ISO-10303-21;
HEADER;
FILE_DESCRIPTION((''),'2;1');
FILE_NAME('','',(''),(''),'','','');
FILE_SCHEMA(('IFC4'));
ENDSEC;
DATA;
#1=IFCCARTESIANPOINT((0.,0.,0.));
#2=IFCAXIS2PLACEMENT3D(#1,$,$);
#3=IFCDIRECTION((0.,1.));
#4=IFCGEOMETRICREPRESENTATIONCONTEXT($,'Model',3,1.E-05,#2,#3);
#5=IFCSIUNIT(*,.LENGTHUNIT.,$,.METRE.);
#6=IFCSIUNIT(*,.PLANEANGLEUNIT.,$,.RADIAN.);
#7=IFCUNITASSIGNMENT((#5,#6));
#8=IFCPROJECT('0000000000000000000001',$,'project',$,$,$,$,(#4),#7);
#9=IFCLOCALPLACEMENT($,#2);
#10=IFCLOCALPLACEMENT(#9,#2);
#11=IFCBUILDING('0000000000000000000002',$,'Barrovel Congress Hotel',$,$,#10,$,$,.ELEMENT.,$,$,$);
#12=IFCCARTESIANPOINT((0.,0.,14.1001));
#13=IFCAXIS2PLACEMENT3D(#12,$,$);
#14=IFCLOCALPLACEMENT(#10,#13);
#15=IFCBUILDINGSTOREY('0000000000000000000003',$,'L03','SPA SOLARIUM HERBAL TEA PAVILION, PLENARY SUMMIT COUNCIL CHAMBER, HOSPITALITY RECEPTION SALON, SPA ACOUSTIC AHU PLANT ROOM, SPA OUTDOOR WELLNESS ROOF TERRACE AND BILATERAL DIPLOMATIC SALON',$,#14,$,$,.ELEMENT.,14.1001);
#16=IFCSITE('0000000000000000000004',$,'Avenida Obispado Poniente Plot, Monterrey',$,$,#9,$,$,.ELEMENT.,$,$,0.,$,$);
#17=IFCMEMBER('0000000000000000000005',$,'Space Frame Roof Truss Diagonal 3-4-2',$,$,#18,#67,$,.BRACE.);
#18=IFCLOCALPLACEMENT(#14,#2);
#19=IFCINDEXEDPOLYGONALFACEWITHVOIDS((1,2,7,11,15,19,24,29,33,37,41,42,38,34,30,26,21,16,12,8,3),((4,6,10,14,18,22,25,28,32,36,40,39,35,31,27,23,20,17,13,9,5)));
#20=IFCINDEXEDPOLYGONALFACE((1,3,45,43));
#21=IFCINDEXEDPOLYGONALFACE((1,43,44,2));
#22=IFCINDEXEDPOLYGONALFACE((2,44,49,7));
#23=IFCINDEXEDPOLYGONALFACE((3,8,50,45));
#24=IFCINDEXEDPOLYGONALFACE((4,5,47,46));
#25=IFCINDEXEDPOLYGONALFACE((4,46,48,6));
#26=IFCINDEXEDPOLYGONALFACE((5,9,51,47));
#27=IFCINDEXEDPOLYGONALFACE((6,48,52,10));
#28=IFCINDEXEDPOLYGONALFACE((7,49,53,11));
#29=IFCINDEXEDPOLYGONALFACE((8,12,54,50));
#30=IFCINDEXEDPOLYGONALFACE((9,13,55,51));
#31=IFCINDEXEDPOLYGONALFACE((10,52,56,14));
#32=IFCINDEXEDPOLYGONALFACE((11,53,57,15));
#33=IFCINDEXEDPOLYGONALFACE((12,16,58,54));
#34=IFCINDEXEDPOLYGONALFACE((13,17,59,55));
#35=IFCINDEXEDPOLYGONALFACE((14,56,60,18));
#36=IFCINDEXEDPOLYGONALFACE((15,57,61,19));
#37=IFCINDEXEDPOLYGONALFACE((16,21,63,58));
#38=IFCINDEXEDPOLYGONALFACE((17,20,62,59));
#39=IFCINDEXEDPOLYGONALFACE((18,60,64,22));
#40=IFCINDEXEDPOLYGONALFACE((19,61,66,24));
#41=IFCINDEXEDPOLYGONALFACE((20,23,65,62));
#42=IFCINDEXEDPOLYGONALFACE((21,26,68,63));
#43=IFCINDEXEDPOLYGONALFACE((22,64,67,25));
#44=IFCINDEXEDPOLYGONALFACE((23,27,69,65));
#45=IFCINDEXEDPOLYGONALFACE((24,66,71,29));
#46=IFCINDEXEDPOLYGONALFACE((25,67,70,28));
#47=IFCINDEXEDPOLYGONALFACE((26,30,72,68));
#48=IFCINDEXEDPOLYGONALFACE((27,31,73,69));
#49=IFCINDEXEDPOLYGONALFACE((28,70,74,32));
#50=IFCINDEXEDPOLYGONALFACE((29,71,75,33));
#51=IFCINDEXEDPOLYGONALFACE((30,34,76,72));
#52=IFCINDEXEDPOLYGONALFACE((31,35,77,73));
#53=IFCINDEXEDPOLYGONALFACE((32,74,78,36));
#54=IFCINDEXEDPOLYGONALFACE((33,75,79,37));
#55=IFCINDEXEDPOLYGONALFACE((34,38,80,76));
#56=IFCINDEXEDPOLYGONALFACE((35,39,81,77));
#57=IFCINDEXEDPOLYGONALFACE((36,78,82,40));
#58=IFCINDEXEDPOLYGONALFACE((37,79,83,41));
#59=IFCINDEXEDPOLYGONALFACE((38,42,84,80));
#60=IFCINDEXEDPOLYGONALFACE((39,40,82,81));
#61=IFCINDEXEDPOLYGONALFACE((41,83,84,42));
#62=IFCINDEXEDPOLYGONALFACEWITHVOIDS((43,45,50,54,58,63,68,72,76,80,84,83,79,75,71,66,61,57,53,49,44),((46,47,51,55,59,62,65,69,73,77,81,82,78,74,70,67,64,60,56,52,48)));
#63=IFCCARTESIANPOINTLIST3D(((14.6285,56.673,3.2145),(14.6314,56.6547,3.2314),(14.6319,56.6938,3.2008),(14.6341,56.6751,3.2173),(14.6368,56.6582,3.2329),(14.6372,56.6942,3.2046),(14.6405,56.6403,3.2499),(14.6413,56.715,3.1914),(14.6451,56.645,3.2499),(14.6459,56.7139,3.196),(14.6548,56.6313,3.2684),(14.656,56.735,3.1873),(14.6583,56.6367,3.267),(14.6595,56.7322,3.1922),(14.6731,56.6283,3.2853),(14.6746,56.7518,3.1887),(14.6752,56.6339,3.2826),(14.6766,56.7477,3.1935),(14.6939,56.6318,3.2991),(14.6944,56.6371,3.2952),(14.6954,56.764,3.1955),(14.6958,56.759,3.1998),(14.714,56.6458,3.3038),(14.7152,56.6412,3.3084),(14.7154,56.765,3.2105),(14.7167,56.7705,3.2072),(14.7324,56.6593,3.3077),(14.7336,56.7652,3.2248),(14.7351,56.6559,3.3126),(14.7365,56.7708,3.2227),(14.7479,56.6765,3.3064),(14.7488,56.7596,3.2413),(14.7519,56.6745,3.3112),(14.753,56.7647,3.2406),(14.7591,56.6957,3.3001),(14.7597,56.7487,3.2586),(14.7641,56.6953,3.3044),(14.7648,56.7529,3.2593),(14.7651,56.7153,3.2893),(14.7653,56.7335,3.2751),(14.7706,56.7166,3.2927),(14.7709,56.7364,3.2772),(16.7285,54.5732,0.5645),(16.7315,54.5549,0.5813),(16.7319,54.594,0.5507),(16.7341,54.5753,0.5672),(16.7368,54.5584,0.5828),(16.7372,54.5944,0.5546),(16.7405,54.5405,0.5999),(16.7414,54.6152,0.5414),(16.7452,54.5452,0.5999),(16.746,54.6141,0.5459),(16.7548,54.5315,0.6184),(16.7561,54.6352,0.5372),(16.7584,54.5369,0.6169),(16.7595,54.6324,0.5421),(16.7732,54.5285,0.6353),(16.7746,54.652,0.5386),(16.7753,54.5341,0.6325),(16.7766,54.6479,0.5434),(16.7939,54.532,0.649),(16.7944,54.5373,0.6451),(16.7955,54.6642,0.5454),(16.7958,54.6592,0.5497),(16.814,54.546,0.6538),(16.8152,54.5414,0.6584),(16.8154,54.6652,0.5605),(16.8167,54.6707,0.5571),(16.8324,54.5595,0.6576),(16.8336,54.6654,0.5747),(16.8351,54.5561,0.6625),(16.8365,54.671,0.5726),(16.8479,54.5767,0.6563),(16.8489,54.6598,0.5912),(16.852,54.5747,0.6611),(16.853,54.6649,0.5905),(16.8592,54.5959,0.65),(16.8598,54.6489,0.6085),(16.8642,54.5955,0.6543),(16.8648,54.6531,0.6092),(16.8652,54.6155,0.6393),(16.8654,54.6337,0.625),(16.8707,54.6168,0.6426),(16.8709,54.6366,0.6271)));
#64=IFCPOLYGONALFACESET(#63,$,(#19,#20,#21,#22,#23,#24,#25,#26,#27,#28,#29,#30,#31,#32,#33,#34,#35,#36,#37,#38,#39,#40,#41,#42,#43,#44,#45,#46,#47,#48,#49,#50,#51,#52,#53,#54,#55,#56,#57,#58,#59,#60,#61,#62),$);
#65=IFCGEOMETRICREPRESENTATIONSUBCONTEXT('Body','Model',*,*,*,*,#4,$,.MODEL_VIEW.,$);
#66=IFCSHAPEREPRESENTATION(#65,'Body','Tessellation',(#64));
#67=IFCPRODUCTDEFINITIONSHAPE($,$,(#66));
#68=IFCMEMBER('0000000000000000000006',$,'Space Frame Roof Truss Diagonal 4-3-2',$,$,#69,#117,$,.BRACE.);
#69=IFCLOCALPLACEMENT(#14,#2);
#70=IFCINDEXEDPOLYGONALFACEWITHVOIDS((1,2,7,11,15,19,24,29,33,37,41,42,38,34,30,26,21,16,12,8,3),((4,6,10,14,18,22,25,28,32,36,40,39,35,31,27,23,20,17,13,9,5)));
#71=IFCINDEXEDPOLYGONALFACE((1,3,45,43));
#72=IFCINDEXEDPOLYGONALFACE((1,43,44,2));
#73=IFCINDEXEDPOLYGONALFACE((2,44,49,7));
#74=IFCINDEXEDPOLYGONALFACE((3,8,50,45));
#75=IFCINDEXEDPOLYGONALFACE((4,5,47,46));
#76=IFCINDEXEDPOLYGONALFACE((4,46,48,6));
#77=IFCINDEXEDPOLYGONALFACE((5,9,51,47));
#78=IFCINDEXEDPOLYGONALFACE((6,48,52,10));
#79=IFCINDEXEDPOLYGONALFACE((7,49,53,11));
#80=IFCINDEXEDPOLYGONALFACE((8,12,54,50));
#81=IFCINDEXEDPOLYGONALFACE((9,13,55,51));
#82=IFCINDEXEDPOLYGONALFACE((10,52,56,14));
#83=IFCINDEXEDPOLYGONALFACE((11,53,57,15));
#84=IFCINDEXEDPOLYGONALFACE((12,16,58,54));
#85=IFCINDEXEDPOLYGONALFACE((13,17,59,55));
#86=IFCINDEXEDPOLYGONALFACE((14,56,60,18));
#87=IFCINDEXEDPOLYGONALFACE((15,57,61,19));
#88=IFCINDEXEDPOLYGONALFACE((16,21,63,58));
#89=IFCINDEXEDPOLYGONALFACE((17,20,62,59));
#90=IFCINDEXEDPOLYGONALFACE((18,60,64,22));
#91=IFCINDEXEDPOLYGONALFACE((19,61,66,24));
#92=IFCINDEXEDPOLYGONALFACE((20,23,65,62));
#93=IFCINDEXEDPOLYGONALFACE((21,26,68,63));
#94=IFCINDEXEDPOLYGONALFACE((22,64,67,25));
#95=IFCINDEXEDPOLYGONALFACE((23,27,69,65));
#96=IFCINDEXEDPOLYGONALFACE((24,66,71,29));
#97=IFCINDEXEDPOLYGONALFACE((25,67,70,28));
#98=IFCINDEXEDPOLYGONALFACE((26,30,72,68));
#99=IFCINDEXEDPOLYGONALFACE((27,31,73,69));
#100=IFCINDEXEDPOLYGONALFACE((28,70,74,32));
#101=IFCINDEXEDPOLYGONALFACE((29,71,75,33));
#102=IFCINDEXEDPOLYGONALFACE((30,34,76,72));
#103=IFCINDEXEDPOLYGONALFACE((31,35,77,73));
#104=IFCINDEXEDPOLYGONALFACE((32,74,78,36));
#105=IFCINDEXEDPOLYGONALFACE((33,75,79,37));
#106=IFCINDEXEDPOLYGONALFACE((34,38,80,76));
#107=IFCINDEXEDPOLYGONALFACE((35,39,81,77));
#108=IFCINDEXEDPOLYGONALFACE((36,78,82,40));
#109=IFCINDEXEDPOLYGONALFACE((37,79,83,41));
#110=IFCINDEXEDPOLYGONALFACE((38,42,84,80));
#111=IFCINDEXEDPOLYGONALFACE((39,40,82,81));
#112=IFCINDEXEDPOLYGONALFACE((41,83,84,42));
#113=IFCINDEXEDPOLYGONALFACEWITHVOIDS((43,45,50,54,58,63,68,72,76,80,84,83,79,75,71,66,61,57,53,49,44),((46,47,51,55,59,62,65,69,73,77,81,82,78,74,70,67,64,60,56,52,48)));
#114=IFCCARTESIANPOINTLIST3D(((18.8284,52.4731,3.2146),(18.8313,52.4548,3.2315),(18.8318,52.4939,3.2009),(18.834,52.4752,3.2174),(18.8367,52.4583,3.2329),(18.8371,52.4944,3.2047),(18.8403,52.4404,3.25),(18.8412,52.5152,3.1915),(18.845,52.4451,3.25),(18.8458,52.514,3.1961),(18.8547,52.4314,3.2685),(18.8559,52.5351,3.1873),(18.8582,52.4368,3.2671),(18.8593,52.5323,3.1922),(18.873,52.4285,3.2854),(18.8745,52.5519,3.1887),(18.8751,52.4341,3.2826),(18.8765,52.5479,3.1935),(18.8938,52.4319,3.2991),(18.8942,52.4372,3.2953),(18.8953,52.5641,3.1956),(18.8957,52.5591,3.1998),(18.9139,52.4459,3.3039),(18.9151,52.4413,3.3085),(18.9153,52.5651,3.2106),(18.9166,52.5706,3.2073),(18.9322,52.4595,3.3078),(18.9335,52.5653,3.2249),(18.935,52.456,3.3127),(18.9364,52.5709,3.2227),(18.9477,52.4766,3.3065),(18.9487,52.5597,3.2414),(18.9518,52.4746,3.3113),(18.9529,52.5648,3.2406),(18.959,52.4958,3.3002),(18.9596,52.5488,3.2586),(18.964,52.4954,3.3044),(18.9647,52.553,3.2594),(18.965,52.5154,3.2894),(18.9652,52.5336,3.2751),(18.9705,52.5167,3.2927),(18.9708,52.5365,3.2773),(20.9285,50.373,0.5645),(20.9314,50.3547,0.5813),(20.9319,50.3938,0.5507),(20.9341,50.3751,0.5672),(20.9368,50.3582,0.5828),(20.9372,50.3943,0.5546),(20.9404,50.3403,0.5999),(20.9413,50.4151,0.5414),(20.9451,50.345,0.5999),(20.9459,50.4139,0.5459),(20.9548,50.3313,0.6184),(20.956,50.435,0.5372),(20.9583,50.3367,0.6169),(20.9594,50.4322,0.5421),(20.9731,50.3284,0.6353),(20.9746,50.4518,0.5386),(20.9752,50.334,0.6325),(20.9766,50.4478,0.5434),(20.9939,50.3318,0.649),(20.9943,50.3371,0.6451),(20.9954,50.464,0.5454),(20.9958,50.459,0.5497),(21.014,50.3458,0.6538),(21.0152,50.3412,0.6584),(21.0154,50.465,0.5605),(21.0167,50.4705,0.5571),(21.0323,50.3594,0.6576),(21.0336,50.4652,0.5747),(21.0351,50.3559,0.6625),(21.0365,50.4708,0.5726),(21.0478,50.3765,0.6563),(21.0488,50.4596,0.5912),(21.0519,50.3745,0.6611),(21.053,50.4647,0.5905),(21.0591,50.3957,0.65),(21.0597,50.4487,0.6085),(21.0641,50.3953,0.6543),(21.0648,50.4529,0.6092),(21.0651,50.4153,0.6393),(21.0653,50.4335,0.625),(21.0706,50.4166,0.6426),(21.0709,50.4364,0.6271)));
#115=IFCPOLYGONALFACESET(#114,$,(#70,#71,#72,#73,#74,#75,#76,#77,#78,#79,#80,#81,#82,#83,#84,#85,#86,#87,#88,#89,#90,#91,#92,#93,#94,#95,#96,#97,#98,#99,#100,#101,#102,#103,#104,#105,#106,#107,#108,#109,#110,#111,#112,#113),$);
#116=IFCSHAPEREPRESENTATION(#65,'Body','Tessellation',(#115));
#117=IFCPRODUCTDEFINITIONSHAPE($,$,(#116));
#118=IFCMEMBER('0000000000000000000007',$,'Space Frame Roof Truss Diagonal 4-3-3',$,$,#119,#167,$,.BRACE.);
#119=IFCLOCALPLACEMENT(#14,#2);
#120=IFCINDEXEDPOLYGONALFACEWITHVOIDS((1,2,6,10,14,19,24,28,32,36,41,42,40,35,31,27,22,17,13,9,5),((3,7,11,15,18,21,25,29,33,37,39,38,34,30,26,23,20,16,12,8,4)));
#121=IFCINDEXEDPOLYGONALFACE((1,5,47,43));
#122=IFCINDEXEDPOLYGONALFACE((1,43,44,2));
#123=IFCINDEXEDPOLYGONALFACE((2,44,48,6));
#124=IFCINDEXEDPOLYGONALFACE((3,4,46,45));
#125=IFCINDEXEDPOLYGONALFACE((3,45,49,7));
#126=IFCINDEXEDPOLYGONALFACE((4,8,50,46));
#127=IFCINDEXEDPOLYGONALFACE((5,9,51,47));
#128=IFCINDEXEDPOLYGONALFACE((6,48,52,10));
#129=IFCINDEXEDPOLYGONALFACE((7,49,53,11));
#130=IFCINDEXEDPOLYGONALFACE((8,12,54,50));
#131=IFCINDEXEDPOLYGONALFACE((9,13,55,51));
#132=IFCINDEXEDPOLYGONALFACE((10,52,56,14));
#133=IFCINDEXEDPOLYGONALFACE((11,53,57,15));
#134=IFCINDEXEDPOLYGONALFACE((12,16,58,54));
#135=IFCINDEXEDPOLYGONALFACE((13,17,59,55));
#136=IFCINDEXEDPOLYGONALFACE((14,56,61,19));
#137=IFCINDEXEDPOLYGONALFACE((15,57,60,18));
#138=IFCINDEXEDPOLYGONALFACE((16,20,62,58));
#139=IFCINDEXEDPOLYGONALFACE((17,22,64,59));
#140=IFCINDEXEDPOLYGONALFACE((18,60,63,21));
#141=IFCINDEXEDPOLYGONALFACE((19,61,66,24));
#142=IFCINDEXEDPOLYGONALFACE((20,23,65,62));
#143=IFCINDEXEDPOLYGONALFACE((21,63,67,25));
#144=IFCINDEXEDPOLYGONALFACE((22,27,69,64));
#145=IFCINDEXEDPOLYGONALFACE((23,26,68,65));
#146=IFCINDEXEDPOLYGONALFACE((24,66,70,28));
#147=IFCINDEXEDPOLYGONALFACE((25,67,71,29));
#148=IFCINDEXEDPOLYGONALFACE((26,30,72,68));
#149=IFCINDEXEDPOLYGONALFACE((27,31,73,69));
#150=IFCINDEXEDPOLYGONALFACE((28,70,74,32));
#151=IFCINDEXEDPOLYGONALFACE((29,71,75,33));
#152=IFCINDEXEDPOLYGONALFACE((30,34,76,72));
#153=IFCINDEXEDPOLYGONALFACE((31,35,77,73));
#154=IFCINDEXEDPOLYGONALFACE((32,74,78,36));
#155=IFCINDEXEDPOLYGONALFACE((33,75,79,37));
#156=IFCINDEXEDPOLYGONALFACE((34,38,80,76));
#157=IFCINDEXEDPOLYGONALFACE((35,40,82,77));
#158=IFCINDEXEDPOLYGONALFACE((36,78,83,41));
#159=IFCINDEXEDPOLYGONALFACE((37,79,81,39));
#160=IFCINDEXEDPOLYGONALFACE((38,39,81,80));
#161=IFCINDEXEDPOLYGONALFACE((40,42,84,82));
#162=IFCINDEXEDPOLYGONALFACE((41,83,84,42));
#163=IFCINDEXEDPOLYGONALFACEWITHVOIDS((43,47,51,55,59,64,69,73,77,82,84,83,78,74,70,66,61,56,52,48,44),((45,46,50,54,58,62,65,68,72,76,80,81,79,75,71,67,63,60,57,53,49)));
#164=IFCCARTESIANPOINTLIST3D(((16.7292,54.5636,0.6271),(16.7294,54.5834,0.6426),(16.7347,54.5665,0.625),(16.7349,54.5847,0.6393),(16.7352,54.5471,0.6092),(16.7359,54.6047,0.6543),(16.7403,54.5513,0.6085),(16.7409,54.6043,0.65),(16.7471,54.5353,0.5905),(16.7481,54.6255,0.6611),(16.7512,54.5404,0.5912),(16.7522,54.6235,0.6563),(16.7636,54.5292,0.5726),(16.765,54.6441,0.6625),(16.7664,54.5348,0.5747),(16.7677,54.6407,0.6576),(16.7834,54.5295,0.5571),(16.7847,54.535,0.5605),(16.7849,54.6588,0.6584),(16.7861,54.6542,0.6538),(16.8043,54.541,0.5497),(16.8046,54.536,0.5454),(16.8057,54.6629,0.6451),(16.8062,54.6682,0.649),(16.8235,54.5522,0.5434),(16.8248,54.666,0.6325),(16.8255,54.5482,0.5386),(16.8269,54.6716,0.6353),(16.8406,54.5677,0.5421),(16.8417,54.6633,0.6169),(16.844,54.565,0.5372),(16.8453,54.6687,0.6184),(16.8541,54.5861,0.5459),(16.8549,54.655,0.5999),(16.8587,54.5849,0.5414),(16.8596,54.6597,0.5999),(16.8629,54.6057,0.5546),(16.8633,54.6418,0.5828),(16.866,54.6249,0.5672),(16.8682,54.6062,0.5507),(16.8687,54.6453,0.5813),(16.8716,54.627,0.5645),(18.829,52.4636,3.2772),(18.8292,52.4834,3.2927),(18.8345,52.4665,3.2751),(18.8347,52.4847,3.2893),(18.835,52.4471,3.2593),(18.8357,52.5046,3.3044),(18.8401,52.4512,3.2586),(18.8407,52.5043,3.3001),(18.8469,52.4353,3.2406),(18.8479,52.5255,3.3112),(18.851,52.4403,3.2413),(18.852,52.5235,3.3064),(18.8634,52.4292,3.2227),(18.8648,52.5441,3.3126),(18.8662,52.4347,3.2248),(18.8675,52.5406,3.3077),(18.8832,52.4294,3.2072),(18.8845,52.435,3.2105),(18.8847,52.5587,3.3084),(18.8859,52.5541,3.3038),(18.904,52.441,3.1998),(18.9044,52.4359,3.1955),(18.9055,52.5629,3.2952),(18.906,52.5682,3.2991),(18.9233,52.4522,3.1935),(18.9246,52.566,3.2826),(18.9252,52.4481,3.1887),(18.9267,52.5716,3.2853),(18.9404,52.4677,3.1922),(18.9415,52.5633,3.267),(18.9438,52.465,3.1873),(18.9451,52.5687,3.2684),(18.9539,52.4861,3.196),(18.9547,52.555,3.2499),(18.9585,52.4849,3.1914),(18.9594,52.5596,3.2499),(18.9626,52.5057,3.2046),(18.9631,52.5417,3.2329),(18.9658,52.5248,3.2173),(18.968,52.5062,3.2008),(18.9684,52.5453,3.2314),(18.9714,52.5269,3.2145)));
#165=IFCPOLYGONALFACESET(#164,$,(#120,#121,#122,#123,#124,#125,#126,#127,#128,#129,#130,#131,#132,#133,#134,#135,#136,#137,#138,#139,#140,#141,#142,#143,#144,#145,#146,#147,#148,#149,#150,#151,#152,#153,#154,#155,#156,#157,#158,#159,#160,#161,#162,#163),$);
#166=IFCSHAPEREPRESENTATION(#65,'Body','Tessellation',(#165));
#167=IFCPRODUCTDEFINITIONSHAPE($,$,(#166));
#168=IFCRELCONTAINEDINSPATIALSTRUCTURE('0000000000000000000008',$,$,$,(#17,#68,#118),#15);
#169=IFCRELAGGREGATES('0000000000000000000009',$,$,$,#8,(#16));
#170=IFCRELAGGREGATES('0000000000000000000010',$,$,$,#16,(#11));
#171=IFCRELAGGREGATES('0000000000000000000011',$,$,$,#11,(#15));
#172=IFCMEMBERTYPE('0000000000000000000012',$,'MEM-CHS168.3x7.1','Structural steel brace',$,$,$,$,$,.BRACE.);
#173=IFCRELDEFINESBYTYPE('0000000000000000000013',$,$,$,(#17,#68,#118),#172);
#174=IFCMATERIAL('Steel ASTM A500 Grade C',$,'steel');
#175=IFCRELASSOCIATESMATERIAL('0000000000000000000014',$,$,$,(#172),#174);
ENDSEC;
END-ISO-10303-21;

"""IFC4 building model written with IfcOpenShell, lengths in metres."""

from ifc_helpers import new_model, si_unit, direction, frame, origin, origin_2d, place, context, subcontext, project, spatial, hollow_circle, extrude, material, material_profile, profile_set, type_object, element, save


model = new_model("IFC4")

# Units and contexts
model_context = context("Model", 3, precision=1e-05, world=origin(), true_north=direction((0.0, 1.0)))
body_context = subcontext(model_context, "Body", "Model", "MODEL_VIEW")
ifc_project = project(units=[si_unit("LENGTHUNIT", "METRE"), si_unit("PLANEANGLEUNIT", "RADIAN")], contexts=[model_context])

# Site, building, storey
site_placement = place(None, origin())
site = spatial("IfcSite", under=ifc_project, at=site_placement, Name="Avenida Obispado Poniente Plot, Monterrey", CompositionType="ELEMENT", RefElevation=0.0)
building_placement = place(site_placement, origin())
building = spatial("IfcBuilding", under=site, at=building_placement, Name="Barrovel Congress Hotel", CompositionType="ELEMENT")
storey_placement = place(building_placement, frame((0.0, 0.0, 14.1001)))
storey = spatial("IfcBuildingStorey", under=building, at=storey_placement, Name="L03", Description="SPA SOLARIUM HERBAL TEA PAVILION, PLENARY SUMMIT COUNCIL CHAMBER, HOSPITALITY RECEPTION SALON, SPA ACOUSTIC AHU PLANT ROOM, SPA OUTDOOR WELLNESS ROOF TERRACE AND BILATERAL DIPLOMATIC SALON", CompositionType="ELEMENT", Elevation=14.1001)

# Members
ifc_material_1 = material(Name="Steel ASTM A500 Grade C", Category="steel")
ifc_material_profile_1 = material_profile(ifc_material_1, hollow_circle(Radius=0.0842, WallThickness=0.0066, at=origin_2d()), Name="CHS168.3x7.1")
ifc_profile_set_1 = profile_set([ifc_material_profile_1], Name="Steel ASTM A500 Grade C")
member_type_1 = type_object("IfcMemberType", Name="MEM-CHS168.3x7.1", Description="Structural steel brace", PredefinedType="BRACE", material=ifc_profile_set_1)
member_1_placement = place(storey_placement, frame((16.8, 54.6001, 0.5999), z_axis=(-0.527618, 0.527557, 0.66581), x_axis=(-0.707066, -0.707148, 0.0)))
element("IfcMember", 1, at=member_1_placement, inside=storey, type_object=member_type_1, Name="Space Frame Roof Truss Diagonal 3-4-2", PredefinedType="BRACE", context=body_context, shape_type="SweptSolid", body=[
    extrude(hollow_circle(Radius=0.0842, WallThickness=0.0066, at=origin_2d()), origin(), (0.0, 0.0, 1.0), 3.9802),
])
member_2_placement = place(storey_placement, frame((21.0, 50.3999, 0.5999), z_axis=(-0.527601, 0.527601, 0.665788), x_axis=(-0.707107, -0.707107, 0.0)))
element("IfcMember", 2, at=member_2_placement, inside=storey, type_object=member_type_1, Name="Space Frame Roof Truss Diagonal 4-3-2", PredefinedType="BRACE", context=body_context, shape_type="SweptSolid", body=[
    extrude(hollow_circle(Radius=0.0842, WallThickness=0.0066, at=origin_2d()), origin(), (0.0, 0.0, 1.0), 3.9805),
])
member_3_placement = place(storey_placement, frame((16.8, 54.6001, 0.5999), z_axis=(0.527557, -0.527618, 0.66581), x_axis=(0.707148, 0.707066, 0.0)))
element("IfcMember", 3, at=member_3_placement, inside=storey, type_object=member_type_1, Name="Space Frame Roof Truss Diagonal 4-3-3", PredefinedType="BRACE", context=body_context, shape_type="SweptSolid", body=[
    extrude(hollow_circle(Radius=0.0842, WallThickness=0.0066, at=origin_2d()), origin(), (0.0, 0.0, 1.0), 3.9802),
])

save(model, "model.ifc")
